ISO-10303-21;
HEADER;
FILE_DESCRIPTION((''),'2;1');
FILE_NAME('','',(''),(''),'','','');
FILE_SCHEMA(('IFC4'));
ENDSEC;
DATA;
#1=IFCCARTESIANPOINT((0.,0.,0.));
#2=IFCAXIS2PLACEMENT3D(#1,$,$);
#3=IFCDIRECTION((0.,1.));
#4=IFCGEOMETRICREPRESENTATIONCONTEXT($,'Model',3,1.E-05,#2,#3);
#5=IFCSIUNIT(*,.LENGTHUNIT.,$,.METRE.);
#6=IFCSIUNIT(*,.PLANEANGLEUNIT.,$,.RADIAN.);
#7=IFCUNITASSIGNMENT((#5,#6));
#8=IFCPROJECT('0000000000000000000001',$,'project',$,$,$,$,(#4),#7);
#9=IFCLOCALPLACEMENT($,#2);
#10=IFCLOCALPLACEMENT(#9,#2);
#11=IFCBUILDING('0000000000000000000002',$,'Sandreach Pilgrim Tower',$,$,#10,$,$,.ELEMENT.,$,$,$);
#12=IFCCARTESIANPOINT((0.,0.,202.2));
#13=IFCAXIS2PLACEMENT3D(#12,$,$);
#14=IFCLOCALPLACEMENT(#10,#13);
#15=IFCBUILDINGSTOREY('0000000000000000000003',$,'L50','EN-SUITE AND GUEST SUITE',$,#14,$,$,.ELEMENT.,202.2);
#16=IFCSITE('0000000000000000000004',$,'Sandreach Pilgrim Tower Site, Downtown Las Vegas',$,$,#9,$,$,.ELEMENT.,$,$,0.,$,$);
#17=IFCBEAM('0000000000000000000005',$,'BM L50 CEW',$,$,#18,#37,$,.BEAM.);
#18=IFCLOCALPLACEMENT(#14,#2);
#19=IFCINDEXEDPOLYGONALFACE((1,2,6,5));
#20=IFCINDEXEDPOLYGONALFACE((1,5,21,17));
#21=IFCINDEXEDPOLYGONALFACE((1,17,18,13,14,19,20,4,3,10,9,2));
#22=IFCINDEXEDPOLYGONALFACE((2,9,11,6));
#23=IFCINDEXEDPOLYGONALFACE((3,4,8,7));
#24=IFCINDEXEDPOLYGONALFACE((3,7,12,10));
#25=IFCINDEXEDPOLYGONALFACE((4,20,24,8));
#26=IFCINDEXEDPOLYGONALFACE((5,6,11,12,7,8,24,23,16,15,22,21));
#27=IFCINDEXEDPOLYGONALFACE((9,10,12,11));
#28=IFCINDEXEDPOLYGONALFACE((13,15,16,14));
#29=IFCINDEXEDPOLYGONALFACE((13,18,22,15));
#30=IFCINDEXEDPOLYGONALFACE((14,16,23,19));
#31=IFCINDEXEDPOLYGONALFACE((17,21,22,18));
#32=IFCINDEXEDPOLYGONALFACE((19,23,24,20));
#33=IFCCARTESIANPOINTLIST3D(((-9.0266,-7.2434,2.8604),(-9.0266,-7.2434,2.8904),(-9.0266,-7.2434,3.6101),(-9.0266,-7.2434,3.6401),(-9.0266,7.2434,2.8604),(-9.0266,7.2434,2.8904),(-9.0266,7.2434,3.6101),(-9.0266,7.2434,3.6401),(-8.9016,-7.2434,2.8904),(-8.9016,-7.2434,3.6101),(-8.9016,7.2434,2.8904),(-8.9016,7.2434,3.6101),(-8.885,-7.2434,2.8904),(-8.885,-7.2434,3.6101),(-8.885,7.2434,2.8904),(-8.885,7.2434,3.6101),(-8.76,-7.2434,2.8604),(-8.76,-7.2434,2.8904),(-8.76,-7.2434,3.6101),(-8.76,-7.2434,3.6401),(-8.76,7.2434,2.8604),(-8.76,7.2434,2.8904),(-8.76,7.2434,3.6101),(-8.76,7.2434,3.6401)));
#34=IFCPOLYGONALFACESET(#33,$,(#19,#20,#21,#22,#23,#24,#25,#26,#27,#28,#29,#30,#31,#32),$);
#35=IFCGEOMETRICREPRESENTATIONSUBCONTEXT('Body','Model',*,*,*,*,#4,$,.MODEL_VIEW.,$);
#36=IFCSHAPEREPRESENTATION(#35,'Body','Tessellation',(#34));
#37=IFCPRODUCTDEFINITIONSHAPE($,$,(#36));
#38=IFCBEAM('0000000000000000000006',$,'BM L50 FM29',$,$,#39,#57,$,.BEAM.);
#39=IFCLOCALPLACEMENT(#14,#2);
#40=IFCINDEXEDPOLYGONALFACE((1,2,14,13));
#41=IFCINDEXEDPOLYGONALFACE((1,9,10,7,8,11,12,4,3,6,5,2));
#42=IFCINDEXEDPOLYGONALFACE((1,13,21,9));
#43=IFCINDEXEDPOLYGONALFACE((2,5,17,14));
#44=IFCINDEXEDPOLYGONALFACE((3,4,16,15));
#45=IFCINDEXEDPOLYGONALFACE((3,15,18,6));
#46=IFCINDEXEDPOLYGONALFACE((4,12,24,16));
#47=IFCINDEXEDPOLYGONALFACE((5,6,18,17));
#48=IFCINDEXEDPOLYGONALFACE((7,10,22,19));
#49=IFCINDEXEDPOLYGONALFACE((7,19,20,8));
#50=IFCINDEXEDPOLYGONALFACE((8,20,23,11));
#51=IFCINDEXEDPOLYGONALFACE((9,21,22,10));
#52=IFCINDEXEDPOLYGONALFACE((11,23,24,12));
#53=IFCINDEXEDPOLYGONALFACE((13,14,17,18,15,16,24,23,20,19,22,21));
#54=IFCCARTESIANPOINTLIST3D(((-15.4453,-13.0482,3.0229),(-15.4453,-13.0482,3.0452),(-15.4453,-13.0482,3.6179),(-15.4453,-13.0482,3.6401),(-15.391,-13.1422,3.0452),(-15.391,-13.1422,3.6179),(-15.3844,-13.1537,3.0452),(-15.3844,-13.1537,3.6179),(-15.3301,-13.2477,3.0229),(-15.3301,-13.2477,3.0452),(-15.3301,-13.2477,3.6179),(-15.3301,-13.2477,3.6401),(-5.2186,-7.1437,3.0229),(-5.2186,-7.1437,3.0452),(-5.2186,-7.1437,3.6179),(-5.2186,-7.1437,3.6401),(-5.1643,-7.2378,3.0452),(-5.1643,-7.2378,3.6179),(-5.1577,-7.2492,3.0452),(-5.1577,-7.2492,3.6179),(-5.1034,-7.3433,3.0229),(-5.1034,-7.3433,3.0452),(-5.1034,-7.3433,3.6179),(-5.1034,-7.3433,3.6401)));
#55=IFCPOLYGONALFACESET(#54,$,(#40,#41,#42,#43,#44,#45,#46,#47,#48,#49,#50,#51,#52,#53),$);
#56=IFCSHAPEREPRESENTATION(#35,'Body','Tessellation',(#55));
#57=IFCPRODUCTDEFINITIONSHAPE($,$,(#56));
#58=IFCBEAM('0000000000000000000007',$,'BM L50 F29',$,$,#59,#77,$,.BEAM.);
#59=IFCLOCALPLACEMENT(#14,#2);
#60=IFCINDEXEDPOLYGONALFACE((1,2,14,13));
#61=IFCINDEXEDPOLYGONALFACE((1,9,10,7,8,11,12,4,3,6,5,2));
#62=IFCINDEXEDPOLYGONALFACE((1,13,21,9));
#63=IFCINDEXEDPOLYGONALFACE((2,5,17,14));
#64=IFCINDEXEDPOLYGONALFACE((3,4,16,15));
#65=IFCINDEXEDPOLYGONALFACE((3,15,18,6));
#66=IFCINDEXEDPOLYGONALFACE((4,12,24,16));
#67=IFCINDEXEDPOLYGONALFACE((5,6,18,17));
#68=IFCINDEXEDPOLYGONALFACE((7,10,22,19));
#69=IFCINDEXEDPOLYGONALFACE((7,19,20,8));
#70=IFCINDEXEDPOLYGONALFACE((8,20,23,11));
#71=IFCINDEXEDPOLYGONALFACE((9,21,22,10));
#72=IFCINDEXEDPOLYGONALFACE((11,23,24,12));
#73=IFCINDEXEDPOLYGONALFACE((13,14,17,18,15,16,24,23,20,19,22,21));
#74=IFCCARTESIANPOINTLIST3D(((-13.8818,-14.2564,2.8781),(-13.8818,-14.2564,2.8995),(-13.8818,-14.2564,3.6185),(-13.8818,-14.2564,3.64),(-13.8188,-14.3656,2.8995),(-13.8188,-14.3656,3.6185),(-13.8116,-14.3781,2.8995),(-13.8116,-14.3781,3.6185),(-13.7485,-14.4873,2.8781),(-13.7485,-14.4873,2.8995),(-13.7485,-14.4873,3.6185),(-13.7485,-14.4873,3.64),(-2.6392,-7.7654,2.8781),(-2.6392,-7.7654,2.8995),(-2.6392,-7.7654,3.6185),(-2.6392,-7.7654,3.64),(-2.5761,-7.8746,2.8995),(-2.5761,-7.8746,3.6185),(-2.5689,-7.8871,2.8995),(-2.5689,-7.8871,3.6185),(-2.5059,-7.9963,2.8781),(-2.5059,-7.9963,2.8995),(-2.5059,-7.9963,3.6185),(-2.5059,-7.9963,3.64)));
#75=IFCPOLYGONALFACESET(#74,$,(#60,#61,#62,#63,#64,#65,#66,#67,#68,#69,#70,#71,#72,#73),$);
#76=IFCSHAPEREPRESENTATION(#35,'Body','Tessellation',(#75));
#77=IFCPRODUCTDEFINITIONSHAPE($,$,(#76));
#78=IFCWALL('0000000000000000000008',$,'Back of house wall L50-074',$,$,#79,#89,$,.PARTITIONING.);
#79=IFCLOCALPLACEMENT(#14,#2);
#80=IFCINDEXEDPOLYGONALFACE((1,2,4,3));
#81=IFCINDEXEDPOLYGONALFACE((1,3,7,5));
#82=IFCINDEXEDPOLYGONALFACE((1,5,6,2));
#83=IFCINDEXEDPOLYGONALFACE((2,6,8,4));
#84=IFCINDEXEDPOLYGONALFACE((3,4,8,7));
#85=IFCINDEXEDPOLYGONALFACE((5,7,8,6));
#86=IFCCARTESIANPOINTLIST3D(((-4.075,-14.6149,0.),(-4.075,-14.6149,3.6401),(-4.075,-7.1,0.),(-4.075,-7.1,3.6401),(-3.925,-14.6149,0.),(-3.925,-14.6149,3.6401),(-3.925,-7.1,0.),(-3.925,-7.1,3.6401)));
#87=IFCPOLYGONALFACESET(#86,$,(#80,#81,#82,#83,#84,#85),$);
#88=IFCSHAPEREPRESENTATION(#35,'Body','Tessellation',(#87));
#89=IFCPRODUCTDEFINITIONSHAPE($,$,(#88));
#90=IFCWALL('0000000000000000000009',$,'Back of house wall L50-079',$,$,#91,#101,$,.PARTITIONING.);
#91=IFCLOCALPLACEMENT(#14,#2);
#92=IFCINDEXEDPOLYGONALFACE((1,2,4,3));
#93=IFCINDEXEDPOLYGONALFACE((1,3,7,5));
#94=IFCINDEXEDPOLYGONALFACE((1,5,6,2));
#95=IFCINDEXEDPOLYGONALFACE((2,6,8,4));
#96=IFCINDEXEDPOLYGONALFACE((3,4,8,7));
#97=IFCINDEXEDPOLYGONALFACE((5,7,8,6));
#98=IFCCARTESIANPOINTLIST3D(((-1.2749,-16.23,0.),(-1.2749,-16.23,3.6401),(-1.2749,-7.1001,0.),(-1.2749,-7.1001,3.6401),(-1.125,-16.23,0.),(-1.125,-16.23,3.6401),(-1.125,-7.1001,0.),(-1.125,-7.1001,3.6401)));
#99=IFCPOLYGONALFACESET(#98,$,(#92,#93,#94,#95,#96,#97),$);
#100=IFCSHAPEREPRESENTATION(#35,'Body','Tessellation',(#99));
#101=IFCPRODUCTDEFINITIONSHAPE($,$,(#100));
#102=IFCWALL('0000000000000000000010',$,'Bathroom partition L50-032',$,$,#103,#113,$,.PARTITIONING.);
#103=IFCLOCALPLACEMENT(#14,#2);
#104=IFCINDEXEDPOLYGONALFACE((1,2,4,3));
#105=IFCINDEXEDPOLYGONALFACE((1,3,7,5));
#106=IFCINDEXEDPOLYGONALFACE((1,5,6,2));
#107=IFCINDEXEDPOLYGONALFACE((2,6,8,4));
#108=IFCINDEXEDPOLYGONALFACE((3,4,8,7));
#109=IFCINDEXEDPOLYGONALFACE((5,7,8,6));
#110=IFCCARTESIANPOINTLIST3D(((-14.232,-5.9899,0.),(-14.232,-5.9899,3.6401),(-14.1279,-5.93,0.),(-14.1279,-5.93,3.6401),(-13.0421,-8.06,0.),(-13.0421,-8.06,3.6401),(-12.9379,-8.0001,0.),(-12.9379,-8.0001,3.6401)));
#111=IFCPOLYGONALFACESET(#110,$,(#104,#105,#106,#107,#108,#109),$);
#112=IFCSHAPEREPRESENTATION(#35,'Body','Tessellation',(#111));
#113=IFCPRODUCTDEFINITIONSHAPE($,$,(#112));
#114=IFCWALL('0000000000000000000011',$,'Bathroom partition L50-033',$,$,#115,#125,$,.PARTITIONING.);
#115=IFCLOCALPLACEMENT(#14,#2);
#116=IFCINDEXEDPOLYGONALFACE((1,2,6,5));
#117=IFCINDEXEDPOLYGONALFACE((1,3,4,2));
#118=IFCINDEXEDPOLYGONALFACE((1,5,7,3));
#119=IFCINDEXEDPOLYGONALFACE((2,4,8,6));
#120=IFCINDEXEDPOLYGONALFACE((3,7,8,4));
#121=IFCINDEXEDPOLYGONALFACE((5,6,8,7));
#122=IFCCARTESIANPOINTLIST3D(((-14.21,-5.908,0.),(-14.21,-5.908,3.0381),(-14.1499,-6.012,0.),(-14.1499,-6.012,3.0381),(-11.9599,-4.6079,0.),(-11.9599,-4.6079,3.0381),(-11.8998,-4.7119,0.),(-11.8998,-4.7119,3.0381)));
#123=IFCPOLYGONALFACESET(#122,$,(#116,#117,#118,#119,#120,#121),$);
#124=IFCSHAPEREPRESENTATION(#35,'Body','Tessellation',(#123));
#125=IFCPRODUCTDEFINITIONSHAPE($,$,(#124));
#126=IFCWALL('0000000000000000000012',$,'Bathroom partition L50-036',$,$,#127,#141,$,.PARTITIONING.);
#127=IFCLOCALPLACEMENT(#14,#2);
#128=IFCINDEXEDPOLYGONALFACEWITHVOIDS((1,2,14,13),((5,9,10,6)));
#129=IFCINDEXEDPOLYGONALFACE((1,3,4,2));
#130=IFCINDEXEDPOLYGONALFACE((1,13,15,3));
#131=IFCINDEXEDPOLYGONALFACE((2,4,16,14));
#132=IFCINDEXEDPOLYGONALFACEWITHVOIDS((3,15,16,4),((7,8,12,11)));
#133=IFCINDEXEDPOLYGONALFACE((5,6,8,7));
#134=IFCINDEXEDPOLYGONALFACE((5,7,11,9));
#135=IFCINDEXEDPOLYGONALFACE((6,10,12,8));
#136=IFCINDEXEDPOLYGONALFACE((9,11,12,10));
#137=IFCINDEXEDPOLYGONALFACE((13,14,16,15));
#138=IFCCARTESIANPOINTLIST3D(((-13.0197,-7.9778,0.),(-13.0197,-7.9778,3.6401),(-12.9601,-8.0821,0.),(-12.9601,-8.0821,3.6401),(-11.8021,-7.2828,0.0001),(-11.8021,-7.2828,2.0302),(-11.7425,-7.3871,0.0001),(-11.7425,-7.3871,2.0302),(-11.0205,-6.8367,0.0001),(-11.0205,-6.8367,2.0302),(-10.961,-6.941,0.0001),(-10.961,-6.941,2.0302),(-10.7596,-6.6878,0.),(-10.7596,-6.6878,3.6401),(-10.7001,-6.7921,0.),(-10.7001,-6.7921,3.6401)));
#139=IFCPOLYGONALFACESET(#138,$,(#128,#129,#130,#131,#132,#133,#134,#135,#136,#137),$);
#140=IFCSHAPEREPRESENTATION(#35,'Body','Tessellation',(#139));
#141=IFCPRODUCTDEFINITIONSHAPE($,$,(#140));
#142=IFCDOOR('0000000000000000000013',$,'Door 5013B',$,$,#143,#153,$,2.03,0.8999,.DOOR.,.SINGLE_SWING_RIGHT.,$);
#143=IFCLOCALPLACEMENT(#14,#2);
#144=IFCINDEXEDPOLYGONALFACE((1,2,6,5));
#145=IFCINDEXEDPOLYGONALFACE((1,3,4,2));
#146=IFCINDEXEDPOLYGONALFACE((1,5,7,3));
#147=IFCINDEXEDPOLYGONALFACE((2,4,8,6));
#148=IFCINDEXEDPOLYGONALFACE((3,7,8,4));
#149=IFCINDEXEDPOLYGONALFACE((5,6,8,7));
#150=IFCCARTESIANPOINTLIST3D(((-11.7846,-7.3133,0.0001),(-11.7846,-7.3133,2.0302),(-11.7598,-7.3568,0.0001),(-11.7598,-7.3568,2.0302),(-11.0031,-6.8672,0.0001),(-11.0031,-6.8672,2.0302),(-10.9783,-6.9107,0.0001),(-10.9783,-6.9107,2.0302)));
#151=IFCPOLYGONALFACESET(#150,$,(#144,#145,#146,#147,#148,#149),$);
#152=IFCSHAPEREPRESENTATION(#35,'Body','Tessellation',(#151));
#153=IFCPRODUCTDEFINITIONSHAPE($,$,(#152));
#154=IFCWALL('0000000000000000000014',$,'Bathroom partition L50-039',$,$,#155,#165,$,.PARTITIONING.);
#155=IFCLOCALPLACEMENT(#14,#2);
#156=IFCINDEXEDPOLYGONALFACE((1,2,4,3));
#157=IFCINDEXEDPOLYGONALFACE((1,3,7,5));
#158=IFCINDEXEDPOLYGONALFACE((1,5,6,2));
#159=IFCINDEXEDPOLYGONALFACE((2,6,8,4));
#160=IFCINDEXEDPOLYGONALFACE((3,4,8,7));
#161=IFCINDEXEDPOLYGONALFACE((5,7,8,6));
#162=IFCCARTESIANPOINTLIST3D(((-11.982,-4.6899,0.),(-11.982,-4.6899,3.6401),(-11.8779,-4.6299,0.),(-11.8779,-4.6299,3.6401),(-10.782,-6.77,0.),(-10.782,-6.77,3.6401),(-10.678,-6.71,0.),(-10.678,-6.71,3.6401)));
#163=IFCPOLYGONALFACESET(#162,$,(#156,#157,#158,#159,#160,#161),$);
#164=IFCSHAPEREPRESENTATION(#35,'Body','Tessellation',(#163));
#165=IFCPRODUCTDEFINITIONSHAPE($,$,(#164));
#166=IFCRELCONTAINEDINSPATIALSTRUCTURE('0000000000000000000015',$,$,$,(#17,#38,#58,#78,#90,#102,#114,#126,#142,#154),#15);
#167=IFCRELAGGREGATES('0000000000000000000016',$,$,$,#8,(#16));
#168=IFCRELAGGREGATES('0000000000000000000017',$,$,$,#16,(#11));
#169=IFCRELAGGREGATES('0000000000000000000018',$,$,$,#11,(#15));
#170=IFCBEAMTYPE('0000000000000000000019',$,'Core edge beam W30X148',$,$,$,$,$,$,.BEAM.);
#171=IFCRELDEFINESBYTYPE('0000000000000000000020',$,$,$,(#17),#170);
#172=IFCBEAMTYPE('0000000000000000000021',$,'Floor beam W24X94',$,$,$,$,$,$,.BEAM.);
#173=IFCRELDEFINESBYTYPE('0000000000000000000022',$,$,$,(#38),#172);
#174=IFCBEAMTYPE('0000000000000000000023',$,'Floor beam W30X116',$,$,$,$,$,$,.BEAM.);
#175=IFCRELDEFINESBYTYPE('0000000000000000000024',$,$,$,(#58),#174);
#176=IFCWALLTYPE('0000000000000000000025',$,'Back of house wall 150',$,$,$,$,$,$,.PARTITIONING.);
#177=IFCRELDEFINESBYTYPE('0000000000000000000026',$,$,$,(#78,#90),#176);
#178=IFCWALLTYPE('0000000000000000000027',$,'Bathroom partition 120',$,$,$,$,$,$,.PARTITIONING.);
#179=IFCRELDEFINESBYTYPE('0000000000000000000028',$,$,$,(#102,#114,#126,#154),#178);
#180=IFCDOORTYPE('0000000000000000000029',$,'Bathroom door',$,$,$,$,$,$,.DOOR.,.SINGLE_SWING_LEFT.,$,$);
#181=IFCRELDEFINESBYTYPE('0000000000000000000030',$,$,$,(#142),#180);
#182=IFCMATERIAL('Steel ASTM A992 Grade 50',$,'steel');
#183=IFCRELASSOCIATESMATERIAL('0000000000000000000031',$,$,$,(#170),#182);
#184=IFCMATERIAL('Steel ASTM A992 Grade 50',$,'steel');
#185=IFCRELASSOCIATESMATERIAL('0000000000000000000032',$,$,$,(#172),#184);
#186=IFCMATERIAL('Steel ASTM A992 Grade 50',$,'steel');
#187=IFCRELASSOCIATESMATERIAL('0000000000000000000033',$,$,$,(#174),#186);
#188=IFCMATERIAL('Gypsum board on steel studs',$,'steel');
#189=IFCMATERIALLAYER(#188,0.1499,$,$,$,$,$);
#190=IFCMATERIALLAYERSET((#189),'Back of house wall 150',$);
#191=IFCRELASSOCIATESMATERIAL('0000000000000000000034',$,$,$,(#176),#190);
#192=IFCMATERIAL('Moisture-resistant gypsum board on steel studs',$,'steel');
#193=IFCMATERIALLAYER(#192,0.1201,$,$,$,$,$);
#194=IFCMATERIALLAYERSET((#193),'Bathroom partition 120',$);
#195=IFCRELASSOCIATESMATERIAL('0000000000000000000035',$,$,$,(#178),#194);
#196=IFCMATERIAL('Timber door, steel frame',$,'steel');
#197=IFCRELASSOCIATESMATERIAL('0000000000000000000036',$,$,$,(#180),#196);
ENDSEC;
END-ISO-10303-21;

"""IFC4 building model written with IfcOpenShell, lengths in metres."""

from ifc_helpers import new_model, si_unit, direction, frame, frame_2d, origin, origin_2d, place, context, subcontext, project, spatial, rectangle, i_section, extrude, material, layer, layer_set, material_profile, profile_set, type_object, element, fill, save


model = new_model("IFC4")

# Units and contexts
model_context = context("Model", 3, precision=1e-05, world=origin(), true_north=direction((0.0, 1.0)))
body_context = subcontext(model_context, "Body", "Model", "MODEL_VIEW")
ifc_project = project(units=[si_unit("LENGTHUNIT", "METRE"), si_unit("PLANEANGLEUNIT", "RADIAN")], contexts=[model_context])

# Site, building, storey
site_placement = place(None, origin())
site = spatial("IfcSite", under=ifc_project, at=site_placement, Name="Sandreach Pilgrim Tower Site, Downtown Las Vegas", CompositionType="ELEMENT", RefElevation=0.0)
building_placement = place(site_placement, origin())
building = spatial("IfcBuilding", under=site, at=building_placement, Name="Sandreach Pilgrim Tower", CompositionType="ELEMENT")
storey_placement = place(building_placement, frame((0.0, 0.0, 202.2)))
storey = spatial("IfcBuildingStorey", under=building, at=storey_placement, Name="L50", Description="EN-SUITE AND GUEST SUITE", CompositionType="ELEMENT", Elevation=202.2)

# Beams
ifc_material_1 = material(Name="Steel ASTM A992 Grade 50", Category="steel")
ifc_material_profile_1 = material_profile(ifc_material_1, i_section(OverallWidth=0.2666, OverallDepth=0.7798, WebThickness=0.0166, FlangeThickness=0.03, at=origin_2d()), Name="W30X148")
ifc_profile_set_1 = profile_set([ifc_material_profile_1], Name="Steel ASTM A992 Grade 50")
beam_type_1 = type_object("IfcBeamType", Name="Core edge beam W30X148", PredefinedType="BEAM", material=ifc_profile_set_1)
beam_1_placement = place(storey_placement, frame((-8.8933, -7.2434, 3.2502), z_axis=(0.0, 1.0, 0.0), x_axis=(-1.0, 0.0, 0.0)))
element("IfcBeam", 1, at=beam_1_placement, inside=storey, type_object=beam_type_1, Name="BM L50 CEW", PredefinedType="BEAM", context=body_context, shape_type="SweptSolid", body=[
    extrude(i_section(OverallWidth=0.2666, OverallDepth=0.7798, WebThickness=0.0166, FlangeThickness=0.03, at=origin_2d()), origin(), (0.0, 0.0, 1.0), 14.4868),
])
ifc_material_2 = material(Name="Steel ASTM A992 Grade 50", Category="steel")
ifc_material_profile_2 = material_profile(ifc_material_2, i_section(OverallWidth=0.2305, OverallDepth=0.6172, WebThickness=0.0132, FlangeThickness=0.0222, at=origin_2d()), Name="W24X94")
ifc_profile_set_2 = profile_set([ifc_material_profile_2], Name="Steel ASTM A992 Grade 50")
beam_type_2 = type_object("IfcBeamType", Name="Floor beam W24X94", PredefinedType="BEAM", material=ifc_profile_set_2)
beam_2_placement = place(storey_placement, frame((-15.3877, -13.1479, 3.3315), z_axis=(0.866022, 0.500006, 0.0), x_axis=(-0.500006, 0.866022, 0.0)))
element("IfcBeam", 2, at=beam_2_placement, inside=storey, type_object=beam_type_2, Name="BM L50 FM29", PredefinedType="BEAM", context=body_context, shape_type="SweptSolid", body=[
    extrude(i_section(OverallWidth=0.2305, OverallDepth=0.6172, WebThickness=0.0132, FlangeThickness=0.0222, at=origin_2d()), origin(), (0.0, 0.0, 1.0), 11.8088),
])
ifc_material_3 = material(Name="Steel ASTM A992 Grade 50", Category="steel")
ifc_material_profile_3 = material_profile(ifc_material_3, i_section(OverallWidth=0.2666, OverallDepth=0.762, WebThickness=0.0144, FlangeThickness=0.0215, at=origin_2d()), Name="W30X116")
ifc_profile_set_3 = profile_set([ifc_material_profile_3], Name="Steel ASTM A992 Grade 50")
beam_type_3 = type_object("IfcBeamType", Name="Floor beam W30X116", PredefinedType="BEAM", material=ifc_profile_set_3)
beam_3_placement = place(storey_placement, frame((-13.8152, -14.3718, 3.259), z_axis=(0.866025, 0.5, 0.0), x_axis=(-0.5, 0.866025, 0.0)))
element("IfcBeam", 3, at=beam_3_placement, inside=storey, type_object=beam_type_3, Name="BM L50 F29", PredefinedType="BEAM", context=body_context, shape_type="SweptSolid", body=[
    extrude(i_section(OverallWidth=0.2666, OverallDepth=0.762, WebThickness=0.0144, FlangeThickness=0.0215, at=origin_2d()), origin(), (0.0, 0.0, 1.0), 12.9819),
])

# Walls
ifc_material_4 = material(Name="Gypsum board on steel studs", Category="steel")
ifc_layer_1 = layer(ifc_material_4, 0.1499)
ifc_layer_set_1 = layer_set([ifc_layer_1], Name="Back of house wall 150")
wall_type_1 = type_object("IfcWallType", Name="Back of house wall 150", PredefinedType="PARTITIONING", material=ifc_layer_set_1)
wall_1_placement = place(storey_placement, frame((-4.0, -7.1001, 0.0), z_axis=(0.0, 0.0, 1.0), x_axis=(0.0, -1.0, 0.0)))
element("IfcWall", 4, at=wall_1_placement, inside=storey, type_object=wall_type_1, Name="Back of house wall L50-074", PredefinedType="PARTITIONING", context=body_context, shape_type="SweptSolid", body=[
    extrude(rectangle(XDim=7.5149, YDim=0.1499, at=frame_2d((3.7573, 0.0))), origin(), (0.0, 0.0, 1.0), 3.6401),
])
wall_2_placement = place(storey_placement, frame((-1.2, -7.1001, 0.0), z_axis=(0.0, 0.0, 1.0), x_axis=(0.0, -1.0, 0.0)))
element("IfcWall", 5, at=wall_2_placement, inside=storey, type_object=wall_type_1, Name="Back of house wall L50-079", PredefinedType="PARTITIONING", context=body_context, shape_type="SweptSolid", body=[
    extrude(rectangle(XDim=9.1299, YDim=0.1499, at=frame_2d((4.5649, 0.0))), origin(), (0.0, 0.0, 1.0), 3.6401),
])
ifc_material_5 = material(Name="Moisture-resistant gypsum board on steel studs", Category="steel")
ifc_layer_2 = layer(ifc_material_5, 0.1201)
ifc_layer_set_2 = layer_set([ifc_layer_2], Name="Bathroom partition 120")
wall_type_2 = type_object("IfcWallType", Name="Bathroom partition 120", PredefinedType="PARTITIONING", material=ifc_layer_set_2)
wall_3_placement = place(storey_placement, frame((-14.1799, -5.96, 0.0), z_axis=(0.0, 0.0, 1.0), x_axis=(0.498362, -0.866969, 0.0)))
element("IfcWall", 6, at=wall_3_placement, inside=storey, type_object=wall_type_2, Name="Bathroom partition L50-032", PredefinedType="PARTITIONING", context=body_context, shape_type="SweptSolid", body=[
    extrude(rectangle(XDim=2.3877, YDim=0.1201, at=frame_2d((1.1938, 0.0))), origin(), (0.0, 0.0, 1.0), 3.6401),
])
wall_4_placement = place(storey_placement, frame((-14.1799, -5.96, 0.0), z_axis=(0.0, 0.0, 1.0), x_axis=(0.865857, 0.500292, 0.0)))
element("IfcWall", 7, at=wall_4_placement, inside=storey, type_object=wall_type_2, Name="Bathroom partition L50-033", PredefinedType="PARTITIONING", context=body_context, shape_type="SweptSolid", body=[
    extrude(rectangle(XDim=2.5986, YDim=0.1201, at=frame_2d((1.2993, 0.0))), origin(), (0.0, 0.0, 1.0), 3.0381),
])

# Wall, opening, door
wall_5_placement = place(storey_placement, frame((-12.99, -8.03, 0.0), z_axis=(0.0, 0.0, 1.0), x_axis=(0.868474, 0.495735, 0.0)))
wall_5 = element("IfcWall", 8, at=wall_5_placement, inside=storey, type_object=wall_type_2, Name="Bathroom partition L50-036", PredefinedType="PARTITIONING", context=body_context, shape_type="SweptSolid", body=[
    extrude(rectangle(XDim=2.6023, YDim=0.1201, at=frame_2d((1.3013, 0.0))), origin(), (0.0, 0.0, 1.0), 3.6401),
])
opening_1_placement = place(wall_5_placement, frame((1.4021, 0.0, 0.0)))
opening_1 = element("IfcOpeningElement", 9, at=opening_1_placement, cuts=wall_5, PredefinedType="OPENING", context=body_context, shape_type="SweptSolid", body=[
    extrude(rectangle(XDim=0.8999, YDim=2.03, at=frame_2d((0.45, 1.0151))), frame((0.0, 0.0601, 0.0), z_axis=(0.0, -1.0, 0.0), x_axis=(1.0, 0.0, 0.0)), (0.0, 0.0, 1.0), 0.1201),
])
ifc_material_6 = material(Name="Timber door, steel frame", Category="steel")
door_type_1 = type_object("IfcDoorType", Name="Bathroom door", OperationType="SINGLE_SWING_LEFT", PredefinedType="DOOR", material=ifc_material_6)
door_1_placement = place(opening_1_placement, origin())
door_1 = element("IfcDoor", 10, at=door_1_placement, inside=storey, type_object=door_type_1, Name="Door 5013B", OperationType="SINGLE_SWING_RIGHT", OverallHeight=2.03, OverallWidth=0.8999, PredefinedType="DOOR", context=body_context, shape_type="SweptSolid", body=[
    extrude(rectangle(XDim=0.8999, YDim=2.03, at=frame_2d((0.45, 1.0151))), frame((0.0, 0.0249, 0.0), z_axis=(0.0, -1.0, 0.0), x_axis=(1.0, 0.0, 0.0)), (0.0, 0.0, 1.0), 0.05),
])
fill(opening_1, door_1)

# Wall
wall_6_placement = place(storey_placement, frame((-11.9299, -4.6599, 0.0), z_axis=(0.0, 0.0, 1.0), x_axis=(0.499693, -0.866203, 0.0)))
element("IfcWall", 11, at=wall_6_placement, inside=storey, type_object=wall_type_2, Name="Bathroom partition L50-039", PredefinedType="PARTITIONING", context=body_context, shape_type="SweptSolid", body=[
    extrude(rectangle(XDim=2.4014, YDim=0.1201, at=frame_2d((1.2007, 0.0))), origin(), (0.0, 0.0, 1.0), 3.6401),
])

save(model, "model.ifc")
